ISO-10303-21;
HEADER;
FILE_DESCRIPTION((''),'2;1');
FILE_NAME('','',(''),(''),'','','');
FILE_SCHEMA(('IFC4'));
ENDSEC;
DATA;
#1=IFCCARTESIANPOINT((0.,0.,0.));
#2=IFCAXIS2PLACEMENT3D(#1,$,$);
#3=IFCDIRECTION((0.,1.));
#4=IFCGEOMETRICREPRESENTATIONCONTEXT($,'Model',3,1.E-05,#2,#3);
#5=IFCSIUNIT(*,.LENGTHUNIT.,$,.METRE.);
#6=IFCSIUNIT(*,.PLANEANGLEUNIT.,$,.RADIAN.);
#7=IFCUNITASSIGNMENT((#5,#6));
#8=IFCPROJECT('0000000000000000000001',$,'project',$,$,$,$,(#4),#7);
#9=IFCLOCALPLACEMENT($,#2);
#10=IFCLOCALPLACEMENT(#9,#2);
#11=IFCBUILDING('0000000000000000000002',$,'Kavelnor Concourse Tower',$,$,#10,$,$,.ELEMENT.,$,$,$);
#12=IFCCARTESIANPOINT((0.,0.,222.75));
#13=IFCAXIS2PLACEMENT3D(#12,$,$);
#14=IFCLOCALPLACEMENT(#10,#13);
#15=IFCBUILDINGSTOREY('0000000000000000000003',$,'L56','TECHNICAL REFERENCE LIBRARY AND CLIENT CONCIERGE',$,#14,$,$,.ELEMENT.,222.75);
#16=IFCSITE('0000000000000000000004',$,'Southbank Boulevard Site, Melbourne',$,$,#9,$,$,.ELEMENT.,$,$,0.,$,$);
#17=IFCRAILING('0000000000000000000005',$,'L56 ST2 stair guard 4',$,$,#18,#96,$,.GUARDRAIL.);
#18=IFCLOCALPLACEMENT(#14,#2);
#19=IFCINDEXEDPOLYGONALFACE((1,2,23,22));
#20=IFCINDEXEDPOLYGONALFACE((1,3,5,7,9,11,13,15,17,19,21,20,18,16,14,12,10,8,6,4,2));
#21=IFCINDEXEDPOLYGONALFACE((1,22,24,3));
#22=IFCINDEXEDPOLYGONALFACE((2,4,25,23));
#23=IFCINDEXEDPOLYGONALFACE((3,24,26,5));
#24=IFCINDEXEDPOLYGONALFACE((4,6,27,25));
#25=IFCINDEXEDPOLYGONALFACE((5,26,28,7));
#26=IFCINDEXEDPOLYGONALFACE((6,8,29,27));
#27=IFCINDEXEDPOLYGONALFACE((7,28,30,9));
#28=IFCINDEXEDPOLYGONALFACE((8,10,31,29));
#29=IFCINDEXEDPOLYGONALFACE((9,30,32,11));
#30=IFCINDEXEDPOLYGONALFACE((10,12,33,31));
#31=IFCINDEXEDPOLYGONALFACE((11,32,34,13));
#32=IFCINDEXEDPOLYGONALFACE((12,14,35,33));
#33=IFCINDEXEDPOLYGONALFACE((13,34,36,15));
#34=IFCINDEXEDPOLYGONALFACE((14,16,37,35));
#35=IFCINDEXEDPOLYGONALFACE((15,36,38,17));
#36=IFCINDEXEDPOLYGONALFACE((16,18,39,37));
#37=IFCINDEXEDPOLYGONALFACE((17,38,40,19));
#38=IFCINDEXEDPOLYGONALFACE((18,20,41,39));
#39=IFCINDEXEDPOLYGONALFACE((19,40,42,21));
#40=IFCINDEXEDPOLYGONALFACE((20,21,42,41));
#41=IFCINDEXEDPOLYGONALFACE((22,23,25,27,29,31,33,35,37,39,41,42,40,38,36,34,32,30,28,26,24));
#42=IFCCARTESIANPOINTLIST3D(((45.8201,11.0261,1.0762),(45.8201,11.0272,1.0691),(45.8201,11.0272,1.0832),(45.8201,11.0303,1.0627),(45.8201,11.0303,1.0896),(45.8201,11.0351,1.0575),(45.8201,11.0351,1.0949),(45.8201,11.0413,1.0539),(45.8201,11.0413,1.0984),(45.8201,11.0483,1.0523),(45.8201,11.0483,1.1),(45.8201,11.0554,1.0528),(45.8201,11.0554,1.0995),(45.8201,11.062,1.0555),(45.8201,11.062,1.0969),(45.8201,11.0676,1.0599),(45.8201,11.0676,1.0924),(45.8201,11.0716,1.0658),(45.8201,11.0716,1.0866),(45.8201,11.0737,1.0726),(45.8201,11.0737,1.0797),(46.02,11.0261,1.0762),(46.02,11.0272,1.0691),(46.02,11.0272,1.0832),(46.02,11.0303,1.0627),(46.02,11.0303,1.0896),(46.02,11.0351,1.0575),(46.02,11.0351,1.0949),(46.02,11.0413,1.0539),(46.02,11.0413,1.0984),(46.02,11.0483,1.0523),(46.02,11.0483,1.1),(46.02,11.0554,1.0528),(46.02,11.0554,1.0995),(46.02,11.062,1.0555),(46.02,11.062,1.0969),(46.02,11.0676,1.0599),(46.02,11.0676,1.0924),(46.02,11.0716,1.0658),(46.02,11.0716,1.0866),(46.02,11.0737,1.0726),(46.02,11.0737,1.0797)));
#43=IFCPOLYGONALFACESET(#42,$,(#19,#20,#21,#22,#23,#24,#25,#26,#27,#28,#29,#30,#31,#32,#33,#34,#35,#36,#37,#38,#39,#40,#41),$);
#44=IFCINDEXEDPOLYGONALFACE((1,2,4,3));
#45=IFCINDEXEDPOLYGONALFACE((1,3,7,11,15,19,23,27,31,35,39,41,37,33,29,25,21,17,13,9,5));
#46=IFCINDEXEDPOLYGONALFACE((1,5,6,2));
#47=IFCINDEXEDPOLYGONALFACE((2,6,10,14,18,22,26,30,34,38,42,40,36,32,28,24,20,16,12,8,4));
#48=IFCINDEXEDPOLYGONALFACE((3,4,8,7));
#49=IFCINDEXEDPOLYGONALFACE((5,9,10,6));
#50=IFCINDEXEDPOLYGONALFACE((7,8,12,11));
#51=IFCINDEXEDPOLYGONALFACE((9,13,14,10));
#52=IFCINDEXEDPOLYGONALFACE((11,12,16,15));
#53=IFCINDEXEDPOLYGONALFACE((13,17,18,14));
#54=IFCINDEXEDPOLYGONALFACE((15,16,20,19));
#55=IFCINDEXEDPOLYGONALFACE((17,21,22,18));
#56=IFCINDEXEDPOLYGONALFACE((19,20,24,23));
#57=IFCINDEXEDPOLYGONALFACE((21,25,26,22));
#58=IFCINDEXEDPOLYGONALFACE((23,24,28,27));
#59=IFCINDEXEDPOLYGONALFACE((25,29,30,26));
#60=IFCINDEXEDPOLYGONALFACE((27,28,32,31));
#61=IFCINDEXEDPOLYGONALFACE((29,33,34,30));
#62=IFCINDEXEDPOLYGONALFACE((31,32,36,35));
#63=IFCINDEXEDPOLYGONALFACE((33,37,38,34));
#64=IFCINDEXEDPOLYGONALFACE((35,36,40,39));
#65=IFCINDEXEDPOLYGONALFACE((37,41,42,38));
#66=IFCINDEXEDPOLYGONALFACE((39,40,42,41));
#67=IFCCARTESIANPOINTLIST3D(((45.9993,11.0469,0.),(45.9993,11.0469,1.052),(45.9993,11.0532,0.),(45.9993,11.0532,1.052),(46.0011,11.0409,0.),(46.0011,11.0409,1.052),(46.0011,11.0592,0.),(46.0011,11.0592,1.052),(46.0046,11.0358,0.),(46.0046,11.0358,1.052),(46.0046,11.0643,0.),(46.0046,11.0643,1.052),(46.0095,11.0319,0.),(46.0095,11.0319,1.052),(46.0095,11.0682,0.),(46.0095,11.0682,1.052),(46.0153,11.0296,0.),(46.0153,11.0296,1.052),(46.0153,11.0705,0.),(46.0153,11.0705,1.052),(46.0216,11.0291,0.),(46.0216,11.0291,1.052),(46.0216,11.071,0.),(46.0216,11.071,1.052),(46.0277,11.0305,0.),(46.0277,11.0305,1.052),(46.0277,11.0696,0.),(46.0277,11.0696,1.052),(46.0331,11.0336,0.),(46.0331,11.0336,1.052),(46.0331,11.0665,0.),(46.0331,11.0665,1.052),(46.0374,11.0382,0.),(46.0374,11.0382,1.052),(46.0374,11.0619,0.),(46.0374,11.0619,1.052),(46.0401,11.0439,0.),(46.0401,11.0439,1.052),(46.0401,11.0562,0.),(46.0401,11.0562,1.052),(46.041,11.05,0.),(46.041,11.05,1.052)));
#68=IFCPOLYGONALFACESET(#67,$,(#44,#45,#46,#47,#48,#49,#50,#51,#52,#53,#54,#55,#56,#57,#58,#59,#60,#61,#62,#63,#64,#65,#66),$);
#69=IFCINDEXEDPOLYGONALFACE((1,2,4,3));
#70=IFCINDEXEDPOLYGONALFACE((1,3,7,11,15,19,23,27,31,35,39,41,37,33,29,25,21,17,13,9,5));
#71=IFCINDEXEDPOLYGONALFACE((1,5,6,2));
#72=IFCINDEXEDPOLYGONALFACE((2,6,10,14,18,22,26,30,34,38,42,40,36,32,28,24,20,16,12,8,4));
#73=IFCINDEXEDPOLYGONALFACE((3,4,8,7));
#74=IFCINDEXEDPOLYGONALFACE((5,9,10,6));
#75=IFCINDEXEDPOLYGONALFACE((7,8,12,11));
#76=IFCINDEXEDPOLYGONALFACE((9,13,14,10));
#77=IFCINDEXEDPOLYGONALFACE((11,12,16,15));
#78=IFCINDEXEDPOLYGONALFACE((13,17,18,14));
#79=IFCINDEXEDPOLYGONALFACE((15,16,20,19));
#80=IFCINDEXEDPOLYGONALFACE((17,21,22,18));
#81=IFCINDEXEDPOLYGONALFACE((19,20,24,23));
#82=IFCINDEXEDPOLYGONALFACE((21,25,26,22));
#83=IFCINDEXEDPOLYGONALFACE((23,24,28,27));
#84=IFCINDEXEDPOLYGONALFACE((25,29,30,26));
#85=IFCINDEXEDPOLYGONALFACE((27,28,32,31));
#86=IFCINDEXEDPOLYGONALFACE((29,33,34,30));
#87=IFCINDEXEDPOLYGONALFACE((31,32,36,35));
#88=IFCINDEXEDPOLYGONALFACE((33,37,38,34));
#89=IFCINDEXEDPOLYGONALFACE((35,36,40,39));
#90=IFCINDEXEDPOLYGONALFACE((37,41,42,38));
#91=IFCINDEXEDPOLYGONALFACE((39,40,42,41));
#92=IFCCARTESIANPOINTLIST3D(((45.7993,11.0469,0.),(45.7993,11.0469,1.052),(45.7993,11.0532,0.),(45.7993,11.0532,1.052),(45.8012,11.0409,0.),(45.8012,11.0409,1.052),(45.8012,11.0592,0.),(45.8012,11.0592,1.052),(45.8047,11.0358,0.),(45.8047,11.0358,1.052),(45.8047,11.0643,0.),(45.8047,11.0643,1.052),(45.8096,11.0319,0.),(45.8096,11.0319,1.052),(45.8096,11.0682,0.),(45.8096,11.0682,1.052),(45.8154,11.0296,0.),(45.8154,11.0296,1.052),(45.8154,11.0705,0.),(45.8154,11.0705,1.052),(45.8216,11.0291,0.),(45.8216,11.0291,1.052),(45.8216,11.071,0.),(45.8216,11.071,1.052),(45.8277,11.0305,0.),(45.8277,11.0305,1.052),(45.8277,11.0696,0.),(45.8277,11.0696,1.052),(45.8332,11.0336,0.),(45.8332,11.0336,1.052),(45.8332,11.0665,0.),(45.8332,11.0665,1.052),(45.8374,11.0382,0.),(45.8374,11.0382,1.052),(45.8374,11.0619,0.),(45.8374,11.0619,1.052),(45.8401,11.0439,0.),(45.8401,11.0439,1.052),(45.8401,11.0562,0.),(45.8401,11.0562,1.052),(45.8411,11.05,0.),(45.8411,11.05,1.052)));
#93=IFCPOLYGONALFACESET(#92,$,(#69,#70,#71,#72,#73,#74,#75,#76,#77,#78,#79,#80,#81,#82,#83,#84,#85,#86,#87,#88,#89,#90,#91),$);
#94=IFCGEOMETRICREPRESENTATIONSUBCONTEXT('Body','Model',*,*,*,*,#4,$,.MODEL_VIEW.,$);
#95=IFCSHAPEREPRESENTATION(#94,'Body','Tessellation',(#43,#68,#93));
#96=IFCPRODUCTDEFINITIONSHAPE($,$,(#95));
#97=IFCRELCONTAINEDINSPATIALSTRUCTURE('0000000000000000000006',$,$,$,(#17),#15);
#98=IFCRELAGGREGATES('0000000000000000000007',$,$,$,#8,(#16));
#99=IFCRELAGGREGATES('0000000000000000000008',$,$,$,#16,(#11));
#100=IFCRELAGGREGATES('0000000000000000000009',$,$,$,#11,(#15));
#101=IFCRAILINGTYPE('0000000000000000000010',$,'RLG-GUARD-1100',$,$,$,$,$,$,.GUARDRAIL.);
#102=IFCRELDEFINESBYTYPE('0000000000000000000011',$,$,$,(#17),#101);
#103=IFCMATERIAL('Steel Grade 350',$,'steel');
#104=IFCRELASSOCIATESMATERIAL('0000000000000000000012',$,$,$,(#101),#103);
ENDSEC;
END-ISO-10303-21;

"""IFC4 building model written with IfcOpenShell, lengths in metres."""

from ifc_helpers import new_model, si_unit, direction, frame, origin, origin_2d, place, context, subcontext, project, spatial, circle, extrude, material, type_object, element, save


model = new_model("IFC4")

# Units and contexts
model_context = context("Model", 3, precision=1e-05, world=origin(), true_north=direction((0.0, 1.0)))
body_context = subcontext(model_context, "Body", "Model", "MODEL_VIEW")
ifc_project = project(units=[si_unit("LENGTHUNIT", "METRE"), si_unit("PLANEANGLEUNIT", "RADIAN")], contexts=[model_context])

# Site, building, storey
site_placement = place(None, origin())
site = spatial("IfcSite", under=ifc_project, at=site_placement, Name="Southbank Boulevard Site, Melbourne", CompositionType="ELEMENT", RefElevation=0.0)
building_placement = place(site_placement, origin())
building = spatial("IfcBuilding", under=site, at=building_placement, Name="Kavelnor Concourse Tower", CompositionType="ELEMENT")
storey_placement = place(building_placement, frame((0.0, 0.0, 222.75)))
storey = spatial("IfcBuildingStorey", under=building, at=storey_placement, Name="L56", Description="TECHNICAL REFERENCE LIBRARY AND CLIENT CONCIERGE", CompositionType="ELEMENT", Elevation=222.75)

# Shared definitions
ifc_material_1 = material(Name="Steel Grade 350", Category="steel")

# Railing
railing_type_1 = type_object("IfcRailingType", Name="RLG-GUARD-1100", PredefinedType="GUARDRAIL", material=ifc_material_1)
railing_1_placement = place(storey_placement, frame((46.02, 11.05, 0.0)))
element("IfcRailing", 1, at=railing_1_placement, inside=storey, type_object=railing_type_1, Name="L56 ST2 stair guard 4", PredefinedType="GUARDRAIL", context=body_context, shape_type="SweptSolid", body=[
    extrude(circle(Radius=0.0239, at=origin_2d()), frame((0.0, 0.0, 1.0762), z_axis=(-1.0, 0.0, 0.0), x_axis=(0.0, -1.0, 0.0)), (0.0, 0.0, 1.0), 0.2),
    extrude(circle(Radius=0.021, at=origin_2d()), origin(), (0.0, 0.0, 1.0), 1.052),
    extrude(circle(Radius=0.021, at=origin_2d()), frame((-0.2, 0.0, 0.0)), (0.0, 0.0, 1.0), 1.052),
])

save(model, "model.ifc")
